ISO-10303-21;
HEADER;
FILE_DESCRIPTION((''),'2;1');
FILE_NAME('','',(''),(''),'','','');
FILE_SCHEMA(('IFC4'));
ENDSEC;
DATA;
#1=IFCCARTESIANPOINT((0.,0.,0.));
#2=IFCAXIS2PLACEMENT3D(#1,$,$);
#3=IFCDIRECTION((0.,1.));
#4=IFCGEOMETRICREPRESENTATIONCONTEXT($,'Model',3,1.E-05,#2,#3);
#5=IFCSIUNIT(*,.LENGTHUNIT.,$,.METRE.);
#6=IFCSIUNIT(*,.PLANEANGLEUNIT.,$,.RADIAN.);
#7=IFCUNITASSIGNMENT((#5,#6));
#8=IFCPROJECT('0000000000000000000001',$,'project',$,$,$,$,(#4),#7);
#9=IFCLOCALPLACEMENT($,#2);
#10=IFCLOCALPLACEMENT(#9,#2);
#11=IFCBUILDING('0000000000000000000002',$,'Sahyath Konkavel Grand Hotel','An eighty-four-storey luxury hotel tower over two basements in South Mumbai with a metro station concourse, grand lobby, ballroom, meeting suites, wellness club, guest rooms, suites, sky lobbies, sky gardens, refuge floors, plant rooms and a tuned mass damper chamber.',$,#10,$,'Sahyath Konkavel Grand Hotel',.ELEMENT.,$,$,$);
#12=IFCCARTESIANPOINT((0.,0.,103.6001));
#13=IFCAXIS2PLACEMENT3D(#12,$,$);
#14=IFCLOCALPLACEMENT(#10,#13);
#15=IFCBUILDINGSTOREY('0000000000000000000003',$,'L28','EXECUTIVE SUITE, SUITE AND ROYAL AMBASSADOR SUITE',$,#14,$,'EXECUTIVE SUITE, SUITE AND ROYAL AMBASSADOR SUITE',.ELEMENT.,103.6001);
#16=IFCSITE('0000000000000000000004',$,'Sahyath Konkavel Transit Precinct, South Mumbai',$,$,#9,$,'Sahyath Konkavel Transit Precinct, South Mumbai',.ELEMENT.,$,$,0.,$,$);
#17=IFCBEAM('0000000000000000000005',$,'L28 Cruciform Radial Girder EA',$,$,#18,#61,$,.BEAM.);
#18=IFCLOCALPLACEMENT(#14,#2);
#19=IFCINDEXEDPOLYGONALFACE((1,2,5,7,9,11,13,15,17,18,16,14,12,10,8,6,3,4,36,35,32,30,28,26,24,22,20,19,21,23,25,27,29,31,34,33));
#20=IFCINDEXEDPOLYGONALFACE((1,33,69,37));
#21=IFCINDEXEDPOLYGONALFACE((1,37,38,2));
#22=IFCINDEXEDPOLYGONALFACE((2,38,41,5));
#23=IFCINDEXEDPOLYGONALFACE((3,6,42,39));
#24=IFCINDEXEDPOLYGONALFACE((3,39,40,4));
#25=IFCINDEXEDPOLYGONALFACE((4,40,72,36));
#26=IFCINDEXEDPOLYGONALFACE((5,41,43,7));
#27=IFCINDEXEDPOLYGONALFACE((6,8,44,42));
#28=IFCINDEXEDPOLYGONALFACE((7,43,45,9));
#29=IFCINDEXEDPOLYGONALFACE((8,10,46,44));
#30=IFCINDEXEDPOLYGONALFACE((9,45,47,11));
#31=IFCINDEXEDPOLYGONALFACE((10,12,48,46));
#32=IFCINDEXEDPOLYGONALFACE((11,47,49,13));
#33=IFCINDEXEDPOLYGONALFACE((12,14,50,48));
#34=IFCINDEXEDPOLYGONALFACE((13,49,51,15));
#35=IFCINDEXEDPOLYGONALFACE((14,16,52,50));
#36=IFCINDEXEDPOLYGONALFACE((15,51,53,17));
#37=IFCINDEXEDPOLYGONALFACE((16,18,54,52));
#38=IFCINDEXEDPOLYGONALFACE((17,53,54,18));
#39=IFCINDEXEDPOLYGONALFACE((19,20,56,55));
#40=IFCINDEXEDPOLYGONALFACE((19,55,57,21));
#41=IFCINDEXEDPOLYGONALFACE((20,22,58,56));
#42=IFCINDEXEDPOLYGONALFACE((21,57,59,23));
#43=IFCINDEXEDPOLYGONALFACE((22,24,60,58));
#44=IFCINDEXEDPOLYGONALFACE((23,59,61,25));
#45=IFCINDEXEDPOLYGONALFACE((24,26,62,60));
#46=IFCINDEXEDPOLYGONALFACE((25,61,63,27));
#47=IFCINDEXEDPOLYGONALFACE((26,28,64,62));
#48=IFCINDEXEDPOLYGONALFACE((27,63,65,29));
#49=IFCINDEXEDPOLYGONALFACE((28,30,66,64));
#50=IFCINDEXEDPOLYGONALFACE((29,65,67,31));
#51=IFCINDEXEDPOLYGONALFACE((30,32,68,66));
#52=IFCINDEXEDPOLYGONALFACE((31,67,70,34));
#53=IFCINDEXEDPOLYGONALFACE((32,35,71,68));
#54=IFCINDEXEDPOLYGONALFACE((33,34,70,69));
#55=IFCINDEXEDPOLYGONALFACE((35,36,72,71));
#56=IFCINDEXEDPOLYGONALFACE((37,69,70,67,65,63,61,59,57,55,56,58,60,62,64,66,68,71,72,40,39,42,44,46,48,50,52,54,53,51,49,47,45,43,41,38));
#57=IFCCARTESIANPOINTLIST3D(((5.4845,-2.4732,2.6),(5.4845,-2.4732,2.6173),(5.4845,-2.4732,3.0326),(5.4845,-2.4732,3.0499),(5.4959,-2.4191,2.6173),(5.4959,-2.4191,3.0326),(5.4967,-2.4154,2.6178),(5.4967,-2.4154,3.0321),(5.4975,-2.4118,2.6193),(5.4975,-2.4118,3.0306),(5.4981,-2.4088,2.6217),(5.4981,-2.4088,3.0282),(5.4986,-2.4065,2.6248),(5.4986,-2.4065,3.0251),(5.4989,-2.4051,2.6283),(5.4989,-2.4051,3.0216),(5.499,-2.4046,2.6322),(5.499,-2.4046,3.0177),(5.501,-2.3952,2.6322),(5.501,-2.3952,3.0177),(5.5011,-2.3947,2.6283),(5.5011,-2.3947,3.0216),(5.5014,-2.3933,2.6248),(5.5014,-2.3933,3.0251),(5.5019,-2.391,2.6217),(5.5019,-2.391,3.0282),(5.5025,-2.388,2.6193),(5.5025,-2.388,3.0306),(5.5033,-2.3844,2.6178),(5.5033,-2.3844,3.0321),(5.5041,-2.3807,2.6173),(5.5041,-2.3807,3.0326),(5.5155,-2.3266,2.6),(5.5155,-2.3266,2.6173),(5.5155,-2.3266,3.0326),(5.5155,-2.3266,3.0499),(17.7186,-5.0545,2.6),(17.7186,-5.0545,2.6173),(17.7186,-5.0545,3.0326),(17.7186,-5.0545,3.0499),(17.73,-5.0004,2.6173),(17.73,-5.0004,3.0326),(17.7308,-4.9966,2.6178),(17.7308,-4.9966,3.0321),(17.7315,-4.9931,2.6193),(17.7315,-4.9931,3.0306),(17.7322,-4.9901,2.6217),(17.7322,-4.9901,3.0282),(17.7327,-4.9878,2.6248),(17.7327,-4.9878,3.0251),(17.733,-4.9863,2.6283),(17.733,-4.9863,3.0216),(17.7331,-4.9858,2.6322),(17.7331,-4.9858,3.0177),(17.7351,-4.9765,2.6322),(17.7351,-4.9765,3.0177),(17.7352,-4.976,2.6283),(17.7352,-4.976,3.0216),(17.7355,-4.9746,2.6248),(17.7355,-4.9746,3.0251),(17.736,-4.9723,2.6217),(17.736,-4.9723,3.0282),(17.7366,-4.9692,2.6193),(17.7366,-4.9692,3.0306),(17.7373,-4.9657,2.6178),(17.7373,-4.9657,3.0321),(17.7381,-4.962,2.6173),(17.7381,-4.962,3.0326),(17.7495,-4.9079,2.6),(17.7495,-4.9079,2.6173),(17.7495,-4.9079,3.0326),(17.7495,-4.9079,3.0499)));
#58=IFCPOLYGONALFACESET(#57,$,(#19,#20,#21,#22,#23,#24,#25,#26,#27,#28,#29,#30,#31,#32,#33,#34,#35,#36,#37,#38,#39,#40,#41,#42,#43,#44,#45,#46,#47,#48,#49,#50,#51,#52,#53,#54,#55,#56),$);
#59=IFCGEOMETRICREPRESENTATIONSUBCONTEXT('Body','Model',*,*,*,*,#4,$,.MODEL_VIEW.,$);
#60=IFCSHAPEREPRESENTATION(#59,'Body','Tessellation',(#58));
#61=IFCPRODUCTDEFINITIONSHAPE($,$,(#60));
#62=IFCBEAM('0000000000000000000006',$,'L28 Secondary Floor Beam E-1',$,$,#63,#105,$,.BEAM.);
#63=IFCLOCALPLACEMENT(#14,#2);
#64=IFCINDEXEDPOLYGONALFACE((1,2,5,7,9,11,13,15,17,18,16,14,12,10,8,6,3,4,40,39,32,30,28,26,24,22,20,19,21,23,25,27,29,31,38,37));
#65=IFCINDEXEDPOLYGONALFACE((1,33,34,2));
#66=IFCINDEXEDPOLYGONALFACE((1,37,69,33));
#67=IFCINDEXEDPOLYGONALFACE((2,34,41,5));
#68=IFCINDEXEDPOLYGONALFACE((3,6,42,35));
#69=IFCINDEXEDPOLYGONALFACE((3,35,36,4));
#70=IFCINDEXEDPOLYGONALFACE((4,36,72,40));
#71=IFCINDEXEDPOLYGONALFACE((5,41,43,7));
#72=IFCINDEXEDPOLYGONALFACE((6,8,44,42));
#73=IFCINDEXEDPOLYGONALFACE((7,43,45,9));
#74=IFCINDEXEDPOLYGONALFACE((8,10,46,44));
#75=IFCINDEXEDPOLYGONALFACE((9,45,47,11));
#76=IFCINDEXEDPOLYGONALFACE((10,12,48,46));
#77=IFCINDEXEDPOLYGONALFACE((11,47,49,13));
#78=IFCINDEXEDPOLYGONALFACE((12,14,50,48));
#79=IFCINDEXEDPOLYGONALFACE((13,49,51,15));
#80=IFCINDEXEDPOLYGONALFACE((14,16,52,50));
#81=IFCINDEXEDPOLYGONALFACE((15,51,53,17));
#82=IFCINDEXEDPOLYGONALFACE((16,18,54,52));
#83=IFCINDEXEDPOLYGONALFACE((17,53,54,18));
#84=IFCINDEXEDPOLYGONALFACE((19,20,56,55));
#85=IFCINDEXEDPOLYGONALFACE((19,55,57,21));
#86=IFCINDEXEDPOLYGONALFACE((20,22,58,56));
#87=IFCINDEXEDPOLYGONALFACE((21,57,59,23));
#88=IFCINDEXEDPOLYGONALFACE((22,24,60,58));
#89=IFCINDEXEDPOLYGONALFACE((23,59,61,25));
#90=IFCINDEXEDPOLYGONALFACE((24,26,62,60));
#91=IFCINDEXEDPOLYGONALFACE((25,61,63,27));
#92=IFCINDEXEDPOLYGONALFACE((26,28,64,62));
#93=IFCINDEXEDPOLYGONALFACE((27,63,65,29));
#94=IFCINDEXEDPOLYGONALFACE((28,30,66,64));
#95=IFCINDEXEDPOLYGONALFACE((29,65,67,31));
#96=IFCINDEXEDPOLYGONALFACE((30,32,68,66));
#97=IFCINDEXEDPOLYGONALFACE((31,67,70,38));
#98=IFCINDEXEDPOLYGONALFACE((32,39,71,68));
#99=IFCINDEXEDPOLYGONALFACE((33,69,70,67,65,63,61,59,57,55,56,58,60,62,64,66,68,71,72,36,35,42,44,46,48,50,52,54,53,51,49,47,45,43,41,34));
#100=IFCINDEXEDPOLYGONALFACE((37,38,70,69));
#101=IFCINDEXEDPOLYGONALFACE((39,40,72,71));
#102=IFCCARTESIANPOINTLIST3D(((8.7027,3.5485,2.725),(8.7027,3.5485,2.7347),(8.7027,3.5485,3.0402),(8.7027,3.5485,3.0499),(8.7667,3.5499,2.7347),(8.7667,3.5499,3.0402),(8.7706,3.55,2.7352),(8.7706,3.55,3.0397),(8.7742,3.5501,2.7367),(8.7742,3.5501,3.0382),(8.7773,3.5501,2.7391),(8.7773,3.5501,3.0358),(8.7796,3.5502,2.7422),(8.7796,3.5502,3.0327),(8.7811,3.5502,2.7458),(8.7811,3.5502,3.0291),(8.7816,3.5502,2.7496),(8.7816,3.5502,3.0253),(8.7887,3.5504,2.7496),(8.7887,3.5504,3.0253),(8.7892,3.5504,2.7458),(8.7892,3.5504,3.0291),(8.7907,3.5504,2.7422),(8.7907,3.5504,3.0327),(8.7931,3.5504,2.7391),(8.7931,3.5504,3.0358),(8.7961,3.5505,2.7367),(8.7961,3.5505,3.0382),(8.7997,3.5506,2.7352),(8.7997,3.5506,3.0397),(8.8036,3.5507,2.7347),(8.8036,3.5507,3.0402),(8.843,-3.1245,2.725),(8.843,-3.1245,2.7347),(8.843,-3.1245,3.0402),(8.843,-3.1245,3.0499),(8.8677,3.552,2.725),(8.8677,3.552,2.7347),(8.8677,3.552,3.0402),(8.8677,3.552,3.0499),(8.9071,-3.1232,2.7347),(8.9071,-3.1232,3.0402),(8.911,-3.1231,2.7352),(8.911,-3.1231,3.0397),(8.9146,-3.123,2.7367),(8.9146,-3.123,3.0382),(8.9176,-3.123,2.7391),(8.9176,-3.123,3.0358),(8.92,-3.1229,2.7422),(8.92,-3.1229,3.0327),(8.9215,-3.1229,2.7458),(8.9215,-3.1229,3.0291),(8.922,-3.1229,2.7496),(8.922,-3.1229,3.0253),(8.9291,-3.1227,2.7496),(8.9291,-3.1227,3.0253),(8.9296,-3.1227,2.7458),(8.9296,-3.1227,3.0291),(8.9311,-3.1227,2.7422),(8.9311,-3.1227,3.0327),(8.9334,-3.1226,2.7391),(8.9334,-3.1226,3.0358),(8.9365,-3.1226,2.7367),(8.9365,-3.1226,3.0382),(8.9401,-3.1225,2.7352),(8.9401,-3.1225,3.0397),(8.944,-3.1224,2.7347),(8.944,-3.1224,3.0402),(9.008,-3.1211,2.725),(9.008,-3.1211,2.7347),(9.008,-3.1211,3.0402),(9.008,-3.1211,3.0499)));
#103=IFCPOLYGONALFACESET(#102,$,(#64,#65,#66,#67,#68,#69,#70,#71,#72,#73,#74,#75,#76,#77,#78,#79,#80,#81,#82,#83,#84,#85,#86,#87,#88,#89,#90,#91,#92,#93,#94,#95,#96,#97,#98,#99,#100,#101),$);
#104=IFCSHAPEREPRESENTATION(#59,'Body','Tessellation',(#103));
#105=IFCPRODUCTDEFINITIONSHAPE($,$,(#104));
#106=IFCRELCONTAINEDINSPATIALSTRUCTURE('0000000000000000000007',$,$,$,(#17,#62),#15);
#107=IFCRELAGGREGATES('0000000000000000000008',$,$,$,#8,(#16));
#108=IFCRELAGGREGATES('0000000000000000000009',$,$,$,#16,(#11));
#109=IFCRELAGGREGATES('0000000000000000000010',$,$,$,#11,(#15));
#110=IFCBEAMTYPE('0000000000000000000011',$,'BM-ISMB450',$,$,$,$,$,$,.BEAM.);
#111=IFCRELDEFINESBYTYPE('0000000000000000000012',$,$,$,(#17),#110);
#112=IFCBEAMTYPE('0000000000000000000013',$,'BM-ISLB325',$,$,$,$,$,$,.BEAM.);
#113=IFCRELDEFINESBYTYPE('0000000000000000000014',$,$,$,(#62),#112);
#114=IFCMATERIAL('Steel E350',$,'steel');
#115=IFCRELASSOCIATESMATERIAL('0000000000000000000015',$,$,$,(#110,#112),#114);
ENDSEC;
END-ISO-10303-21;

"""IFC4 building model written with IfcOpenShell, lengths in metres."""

from ifc_helpers import new_model, si_unit, direction, frame, origin, origin_2d, place, context, subcontext, project, spatial, i_section, extrude, source, transform, mapped, material, material_profile, profile_set, type_object, element, save


model = new_model("IFC4")

# Units and contexts
model_context = context("Model", 3, precision=1e-05, world=origin(), true_north=direction((0.0, 1.0)))
body_context = subcontext(model_context, "Body", "Model", "MODEL_VIEW")
ifc_project = project(units=[si_unit("LENGTHUNIT", "METRE"), si_unit("PLANEANGLEUNIT", "RADIAN")], contexts=[model_context])

# Site, building, storey
site_placement = place(None, origin())
site = spatial("IfcSite", under=ifc_project, at=site_placement, Name="Sahyath Konkavel Transit Precinct, South Mumbai", LongName="Sahyath Konkavel Transit Precinct, South Mumbai", CompositionType="ELEMENT", RefElevation=0.0)
building_placement = place(site_placement, origin())
building = spatial("IfcBuilding", under=site, at=building_placement, Name="Sahyath Konkavel Grand Hotel", Description="An eighty-four-storey luxury hotel tower over two basements in South Mumbai with a metro station concourse, grand lobby, ballroom, meeting suites, wellness club, guest rooms, suites, sky lobbies, sky gardens, refuge floors, plant rooms and a tuned mass damper chamber.", LongName="Sahyath Konkavel Grand Hotel", CompositionType="ELEMENT")
storey_placement = place(building_placement, frame((0.0, 0.0, 103.6001)))
storey = spatial("IfcBuildingStorey", under=building, at=storey_placement, Name="L28", Description="EXECUTIVE SUITE, SUITE AND ROYAL AMBASSADOR SUITE", LongName="EXECUTIVE SUITE, SUITE AND ROYAL AMBASSADOR SUITE", CompositionType="ELEMENT", Elevation=103.6001)

# Beams
ifc_material_1 = material(Name="Steel E350", Category="steel")
ifc_material_profile_1 = material_profile(ifc_material_1, i_section(OverallWidth=0.1499, OverallDepth=0.45, WebThickness=0.0095, FlangeThickness=0.0173, FilletRadius=0.0149, at=origin_2d()), Name="ISMB 450")
ifc_profile_set_1 = profile_set([ifc_material_profile_1], Name="Steel E350")
beam_type_1 = type_object("IfcBeamType", Name="BM-ISMB450", PredefinedType="BEAM", material=ifc_profile_set_1)
shared_shape_1 = source(origin(), body_context, "Body", "SweptSolid", [
    extrude(i_section(OverallWidth=0.1499, OverallDepth=0.45, WebThickness=0.0095, FlangeThickness=0.0173, FilletRadius=0.0149, at=origin_2d()), origin(), (0.0, 0.0, 1.0), 12.5034),
])
beam_1_placement = place(storey_placement, frame((5.5, -2.3999, 2.825), z_axis=(0.978458, -0.206446, 0.0), x_axis=(0.206446, 0.978458, 0.0)))
element("IfcBeam", 1, at=beam_1_placement, inside=storey, type_object=beam_type_1, Name="L28 Cruciform Radial Girder EA", PredefinedType="BEAM", context=body_context, shape_type="MappedRepresentation", body=[
    mapped(shared_shape_1, transform((0.0, 0.0, 0.0), scale=1.0)),
])
ifc_material_profile_2 = material_profile(ifc_material_1, i_section(OverallWidth=0.165, OverallDepth=0.325, WebThickness=0.0071, FlangeThickness=0.0098, FilletRadius=0.0149, at=origin_2d()), Name="ISLB 325")
ifc_profile_set_2 = profile_set([ifc_material_profile_2], Name="Steel E350")
beam_type_2 = type_object("IfcBeamType", Name="BM-ISLB325", PredefinedType="BEAM", material=ifc_profile_set_2)
shared_shape_2 = source(origin(), body_context, "Body", "SweptSolid", [
    extrude(i_section(OverallWidth=0.165, OverallDepth=0.325, WebThickness=0.0071, FlangeThickness=0.0098, FilletRadius=0.0149, at=origin_2d()), origin(), (0.0, 0.0, 1.0), 6.6746),
])
beam_2_placement = place(storey_placement, frame((8.9255, -3.1228, 2.8875), z_axis=(-0.021032, 0.999779, 0.0), x_axis=(-0.999779, -0.021032, 0.0)))
element("IfcBeam", 2, at=beam_2_placement, inside=storey, type_object=beam_type_2, Name="L28 Secondary Floor Beam E-1", PredefinedType="BEAM", context=body_context, shape_type="MappedRepresentation", body=[
    mapped(shared_shape_2, transform((0.0, 0.0, 0.0), scale=1.0)),
])

save(model, "model.ifc")
